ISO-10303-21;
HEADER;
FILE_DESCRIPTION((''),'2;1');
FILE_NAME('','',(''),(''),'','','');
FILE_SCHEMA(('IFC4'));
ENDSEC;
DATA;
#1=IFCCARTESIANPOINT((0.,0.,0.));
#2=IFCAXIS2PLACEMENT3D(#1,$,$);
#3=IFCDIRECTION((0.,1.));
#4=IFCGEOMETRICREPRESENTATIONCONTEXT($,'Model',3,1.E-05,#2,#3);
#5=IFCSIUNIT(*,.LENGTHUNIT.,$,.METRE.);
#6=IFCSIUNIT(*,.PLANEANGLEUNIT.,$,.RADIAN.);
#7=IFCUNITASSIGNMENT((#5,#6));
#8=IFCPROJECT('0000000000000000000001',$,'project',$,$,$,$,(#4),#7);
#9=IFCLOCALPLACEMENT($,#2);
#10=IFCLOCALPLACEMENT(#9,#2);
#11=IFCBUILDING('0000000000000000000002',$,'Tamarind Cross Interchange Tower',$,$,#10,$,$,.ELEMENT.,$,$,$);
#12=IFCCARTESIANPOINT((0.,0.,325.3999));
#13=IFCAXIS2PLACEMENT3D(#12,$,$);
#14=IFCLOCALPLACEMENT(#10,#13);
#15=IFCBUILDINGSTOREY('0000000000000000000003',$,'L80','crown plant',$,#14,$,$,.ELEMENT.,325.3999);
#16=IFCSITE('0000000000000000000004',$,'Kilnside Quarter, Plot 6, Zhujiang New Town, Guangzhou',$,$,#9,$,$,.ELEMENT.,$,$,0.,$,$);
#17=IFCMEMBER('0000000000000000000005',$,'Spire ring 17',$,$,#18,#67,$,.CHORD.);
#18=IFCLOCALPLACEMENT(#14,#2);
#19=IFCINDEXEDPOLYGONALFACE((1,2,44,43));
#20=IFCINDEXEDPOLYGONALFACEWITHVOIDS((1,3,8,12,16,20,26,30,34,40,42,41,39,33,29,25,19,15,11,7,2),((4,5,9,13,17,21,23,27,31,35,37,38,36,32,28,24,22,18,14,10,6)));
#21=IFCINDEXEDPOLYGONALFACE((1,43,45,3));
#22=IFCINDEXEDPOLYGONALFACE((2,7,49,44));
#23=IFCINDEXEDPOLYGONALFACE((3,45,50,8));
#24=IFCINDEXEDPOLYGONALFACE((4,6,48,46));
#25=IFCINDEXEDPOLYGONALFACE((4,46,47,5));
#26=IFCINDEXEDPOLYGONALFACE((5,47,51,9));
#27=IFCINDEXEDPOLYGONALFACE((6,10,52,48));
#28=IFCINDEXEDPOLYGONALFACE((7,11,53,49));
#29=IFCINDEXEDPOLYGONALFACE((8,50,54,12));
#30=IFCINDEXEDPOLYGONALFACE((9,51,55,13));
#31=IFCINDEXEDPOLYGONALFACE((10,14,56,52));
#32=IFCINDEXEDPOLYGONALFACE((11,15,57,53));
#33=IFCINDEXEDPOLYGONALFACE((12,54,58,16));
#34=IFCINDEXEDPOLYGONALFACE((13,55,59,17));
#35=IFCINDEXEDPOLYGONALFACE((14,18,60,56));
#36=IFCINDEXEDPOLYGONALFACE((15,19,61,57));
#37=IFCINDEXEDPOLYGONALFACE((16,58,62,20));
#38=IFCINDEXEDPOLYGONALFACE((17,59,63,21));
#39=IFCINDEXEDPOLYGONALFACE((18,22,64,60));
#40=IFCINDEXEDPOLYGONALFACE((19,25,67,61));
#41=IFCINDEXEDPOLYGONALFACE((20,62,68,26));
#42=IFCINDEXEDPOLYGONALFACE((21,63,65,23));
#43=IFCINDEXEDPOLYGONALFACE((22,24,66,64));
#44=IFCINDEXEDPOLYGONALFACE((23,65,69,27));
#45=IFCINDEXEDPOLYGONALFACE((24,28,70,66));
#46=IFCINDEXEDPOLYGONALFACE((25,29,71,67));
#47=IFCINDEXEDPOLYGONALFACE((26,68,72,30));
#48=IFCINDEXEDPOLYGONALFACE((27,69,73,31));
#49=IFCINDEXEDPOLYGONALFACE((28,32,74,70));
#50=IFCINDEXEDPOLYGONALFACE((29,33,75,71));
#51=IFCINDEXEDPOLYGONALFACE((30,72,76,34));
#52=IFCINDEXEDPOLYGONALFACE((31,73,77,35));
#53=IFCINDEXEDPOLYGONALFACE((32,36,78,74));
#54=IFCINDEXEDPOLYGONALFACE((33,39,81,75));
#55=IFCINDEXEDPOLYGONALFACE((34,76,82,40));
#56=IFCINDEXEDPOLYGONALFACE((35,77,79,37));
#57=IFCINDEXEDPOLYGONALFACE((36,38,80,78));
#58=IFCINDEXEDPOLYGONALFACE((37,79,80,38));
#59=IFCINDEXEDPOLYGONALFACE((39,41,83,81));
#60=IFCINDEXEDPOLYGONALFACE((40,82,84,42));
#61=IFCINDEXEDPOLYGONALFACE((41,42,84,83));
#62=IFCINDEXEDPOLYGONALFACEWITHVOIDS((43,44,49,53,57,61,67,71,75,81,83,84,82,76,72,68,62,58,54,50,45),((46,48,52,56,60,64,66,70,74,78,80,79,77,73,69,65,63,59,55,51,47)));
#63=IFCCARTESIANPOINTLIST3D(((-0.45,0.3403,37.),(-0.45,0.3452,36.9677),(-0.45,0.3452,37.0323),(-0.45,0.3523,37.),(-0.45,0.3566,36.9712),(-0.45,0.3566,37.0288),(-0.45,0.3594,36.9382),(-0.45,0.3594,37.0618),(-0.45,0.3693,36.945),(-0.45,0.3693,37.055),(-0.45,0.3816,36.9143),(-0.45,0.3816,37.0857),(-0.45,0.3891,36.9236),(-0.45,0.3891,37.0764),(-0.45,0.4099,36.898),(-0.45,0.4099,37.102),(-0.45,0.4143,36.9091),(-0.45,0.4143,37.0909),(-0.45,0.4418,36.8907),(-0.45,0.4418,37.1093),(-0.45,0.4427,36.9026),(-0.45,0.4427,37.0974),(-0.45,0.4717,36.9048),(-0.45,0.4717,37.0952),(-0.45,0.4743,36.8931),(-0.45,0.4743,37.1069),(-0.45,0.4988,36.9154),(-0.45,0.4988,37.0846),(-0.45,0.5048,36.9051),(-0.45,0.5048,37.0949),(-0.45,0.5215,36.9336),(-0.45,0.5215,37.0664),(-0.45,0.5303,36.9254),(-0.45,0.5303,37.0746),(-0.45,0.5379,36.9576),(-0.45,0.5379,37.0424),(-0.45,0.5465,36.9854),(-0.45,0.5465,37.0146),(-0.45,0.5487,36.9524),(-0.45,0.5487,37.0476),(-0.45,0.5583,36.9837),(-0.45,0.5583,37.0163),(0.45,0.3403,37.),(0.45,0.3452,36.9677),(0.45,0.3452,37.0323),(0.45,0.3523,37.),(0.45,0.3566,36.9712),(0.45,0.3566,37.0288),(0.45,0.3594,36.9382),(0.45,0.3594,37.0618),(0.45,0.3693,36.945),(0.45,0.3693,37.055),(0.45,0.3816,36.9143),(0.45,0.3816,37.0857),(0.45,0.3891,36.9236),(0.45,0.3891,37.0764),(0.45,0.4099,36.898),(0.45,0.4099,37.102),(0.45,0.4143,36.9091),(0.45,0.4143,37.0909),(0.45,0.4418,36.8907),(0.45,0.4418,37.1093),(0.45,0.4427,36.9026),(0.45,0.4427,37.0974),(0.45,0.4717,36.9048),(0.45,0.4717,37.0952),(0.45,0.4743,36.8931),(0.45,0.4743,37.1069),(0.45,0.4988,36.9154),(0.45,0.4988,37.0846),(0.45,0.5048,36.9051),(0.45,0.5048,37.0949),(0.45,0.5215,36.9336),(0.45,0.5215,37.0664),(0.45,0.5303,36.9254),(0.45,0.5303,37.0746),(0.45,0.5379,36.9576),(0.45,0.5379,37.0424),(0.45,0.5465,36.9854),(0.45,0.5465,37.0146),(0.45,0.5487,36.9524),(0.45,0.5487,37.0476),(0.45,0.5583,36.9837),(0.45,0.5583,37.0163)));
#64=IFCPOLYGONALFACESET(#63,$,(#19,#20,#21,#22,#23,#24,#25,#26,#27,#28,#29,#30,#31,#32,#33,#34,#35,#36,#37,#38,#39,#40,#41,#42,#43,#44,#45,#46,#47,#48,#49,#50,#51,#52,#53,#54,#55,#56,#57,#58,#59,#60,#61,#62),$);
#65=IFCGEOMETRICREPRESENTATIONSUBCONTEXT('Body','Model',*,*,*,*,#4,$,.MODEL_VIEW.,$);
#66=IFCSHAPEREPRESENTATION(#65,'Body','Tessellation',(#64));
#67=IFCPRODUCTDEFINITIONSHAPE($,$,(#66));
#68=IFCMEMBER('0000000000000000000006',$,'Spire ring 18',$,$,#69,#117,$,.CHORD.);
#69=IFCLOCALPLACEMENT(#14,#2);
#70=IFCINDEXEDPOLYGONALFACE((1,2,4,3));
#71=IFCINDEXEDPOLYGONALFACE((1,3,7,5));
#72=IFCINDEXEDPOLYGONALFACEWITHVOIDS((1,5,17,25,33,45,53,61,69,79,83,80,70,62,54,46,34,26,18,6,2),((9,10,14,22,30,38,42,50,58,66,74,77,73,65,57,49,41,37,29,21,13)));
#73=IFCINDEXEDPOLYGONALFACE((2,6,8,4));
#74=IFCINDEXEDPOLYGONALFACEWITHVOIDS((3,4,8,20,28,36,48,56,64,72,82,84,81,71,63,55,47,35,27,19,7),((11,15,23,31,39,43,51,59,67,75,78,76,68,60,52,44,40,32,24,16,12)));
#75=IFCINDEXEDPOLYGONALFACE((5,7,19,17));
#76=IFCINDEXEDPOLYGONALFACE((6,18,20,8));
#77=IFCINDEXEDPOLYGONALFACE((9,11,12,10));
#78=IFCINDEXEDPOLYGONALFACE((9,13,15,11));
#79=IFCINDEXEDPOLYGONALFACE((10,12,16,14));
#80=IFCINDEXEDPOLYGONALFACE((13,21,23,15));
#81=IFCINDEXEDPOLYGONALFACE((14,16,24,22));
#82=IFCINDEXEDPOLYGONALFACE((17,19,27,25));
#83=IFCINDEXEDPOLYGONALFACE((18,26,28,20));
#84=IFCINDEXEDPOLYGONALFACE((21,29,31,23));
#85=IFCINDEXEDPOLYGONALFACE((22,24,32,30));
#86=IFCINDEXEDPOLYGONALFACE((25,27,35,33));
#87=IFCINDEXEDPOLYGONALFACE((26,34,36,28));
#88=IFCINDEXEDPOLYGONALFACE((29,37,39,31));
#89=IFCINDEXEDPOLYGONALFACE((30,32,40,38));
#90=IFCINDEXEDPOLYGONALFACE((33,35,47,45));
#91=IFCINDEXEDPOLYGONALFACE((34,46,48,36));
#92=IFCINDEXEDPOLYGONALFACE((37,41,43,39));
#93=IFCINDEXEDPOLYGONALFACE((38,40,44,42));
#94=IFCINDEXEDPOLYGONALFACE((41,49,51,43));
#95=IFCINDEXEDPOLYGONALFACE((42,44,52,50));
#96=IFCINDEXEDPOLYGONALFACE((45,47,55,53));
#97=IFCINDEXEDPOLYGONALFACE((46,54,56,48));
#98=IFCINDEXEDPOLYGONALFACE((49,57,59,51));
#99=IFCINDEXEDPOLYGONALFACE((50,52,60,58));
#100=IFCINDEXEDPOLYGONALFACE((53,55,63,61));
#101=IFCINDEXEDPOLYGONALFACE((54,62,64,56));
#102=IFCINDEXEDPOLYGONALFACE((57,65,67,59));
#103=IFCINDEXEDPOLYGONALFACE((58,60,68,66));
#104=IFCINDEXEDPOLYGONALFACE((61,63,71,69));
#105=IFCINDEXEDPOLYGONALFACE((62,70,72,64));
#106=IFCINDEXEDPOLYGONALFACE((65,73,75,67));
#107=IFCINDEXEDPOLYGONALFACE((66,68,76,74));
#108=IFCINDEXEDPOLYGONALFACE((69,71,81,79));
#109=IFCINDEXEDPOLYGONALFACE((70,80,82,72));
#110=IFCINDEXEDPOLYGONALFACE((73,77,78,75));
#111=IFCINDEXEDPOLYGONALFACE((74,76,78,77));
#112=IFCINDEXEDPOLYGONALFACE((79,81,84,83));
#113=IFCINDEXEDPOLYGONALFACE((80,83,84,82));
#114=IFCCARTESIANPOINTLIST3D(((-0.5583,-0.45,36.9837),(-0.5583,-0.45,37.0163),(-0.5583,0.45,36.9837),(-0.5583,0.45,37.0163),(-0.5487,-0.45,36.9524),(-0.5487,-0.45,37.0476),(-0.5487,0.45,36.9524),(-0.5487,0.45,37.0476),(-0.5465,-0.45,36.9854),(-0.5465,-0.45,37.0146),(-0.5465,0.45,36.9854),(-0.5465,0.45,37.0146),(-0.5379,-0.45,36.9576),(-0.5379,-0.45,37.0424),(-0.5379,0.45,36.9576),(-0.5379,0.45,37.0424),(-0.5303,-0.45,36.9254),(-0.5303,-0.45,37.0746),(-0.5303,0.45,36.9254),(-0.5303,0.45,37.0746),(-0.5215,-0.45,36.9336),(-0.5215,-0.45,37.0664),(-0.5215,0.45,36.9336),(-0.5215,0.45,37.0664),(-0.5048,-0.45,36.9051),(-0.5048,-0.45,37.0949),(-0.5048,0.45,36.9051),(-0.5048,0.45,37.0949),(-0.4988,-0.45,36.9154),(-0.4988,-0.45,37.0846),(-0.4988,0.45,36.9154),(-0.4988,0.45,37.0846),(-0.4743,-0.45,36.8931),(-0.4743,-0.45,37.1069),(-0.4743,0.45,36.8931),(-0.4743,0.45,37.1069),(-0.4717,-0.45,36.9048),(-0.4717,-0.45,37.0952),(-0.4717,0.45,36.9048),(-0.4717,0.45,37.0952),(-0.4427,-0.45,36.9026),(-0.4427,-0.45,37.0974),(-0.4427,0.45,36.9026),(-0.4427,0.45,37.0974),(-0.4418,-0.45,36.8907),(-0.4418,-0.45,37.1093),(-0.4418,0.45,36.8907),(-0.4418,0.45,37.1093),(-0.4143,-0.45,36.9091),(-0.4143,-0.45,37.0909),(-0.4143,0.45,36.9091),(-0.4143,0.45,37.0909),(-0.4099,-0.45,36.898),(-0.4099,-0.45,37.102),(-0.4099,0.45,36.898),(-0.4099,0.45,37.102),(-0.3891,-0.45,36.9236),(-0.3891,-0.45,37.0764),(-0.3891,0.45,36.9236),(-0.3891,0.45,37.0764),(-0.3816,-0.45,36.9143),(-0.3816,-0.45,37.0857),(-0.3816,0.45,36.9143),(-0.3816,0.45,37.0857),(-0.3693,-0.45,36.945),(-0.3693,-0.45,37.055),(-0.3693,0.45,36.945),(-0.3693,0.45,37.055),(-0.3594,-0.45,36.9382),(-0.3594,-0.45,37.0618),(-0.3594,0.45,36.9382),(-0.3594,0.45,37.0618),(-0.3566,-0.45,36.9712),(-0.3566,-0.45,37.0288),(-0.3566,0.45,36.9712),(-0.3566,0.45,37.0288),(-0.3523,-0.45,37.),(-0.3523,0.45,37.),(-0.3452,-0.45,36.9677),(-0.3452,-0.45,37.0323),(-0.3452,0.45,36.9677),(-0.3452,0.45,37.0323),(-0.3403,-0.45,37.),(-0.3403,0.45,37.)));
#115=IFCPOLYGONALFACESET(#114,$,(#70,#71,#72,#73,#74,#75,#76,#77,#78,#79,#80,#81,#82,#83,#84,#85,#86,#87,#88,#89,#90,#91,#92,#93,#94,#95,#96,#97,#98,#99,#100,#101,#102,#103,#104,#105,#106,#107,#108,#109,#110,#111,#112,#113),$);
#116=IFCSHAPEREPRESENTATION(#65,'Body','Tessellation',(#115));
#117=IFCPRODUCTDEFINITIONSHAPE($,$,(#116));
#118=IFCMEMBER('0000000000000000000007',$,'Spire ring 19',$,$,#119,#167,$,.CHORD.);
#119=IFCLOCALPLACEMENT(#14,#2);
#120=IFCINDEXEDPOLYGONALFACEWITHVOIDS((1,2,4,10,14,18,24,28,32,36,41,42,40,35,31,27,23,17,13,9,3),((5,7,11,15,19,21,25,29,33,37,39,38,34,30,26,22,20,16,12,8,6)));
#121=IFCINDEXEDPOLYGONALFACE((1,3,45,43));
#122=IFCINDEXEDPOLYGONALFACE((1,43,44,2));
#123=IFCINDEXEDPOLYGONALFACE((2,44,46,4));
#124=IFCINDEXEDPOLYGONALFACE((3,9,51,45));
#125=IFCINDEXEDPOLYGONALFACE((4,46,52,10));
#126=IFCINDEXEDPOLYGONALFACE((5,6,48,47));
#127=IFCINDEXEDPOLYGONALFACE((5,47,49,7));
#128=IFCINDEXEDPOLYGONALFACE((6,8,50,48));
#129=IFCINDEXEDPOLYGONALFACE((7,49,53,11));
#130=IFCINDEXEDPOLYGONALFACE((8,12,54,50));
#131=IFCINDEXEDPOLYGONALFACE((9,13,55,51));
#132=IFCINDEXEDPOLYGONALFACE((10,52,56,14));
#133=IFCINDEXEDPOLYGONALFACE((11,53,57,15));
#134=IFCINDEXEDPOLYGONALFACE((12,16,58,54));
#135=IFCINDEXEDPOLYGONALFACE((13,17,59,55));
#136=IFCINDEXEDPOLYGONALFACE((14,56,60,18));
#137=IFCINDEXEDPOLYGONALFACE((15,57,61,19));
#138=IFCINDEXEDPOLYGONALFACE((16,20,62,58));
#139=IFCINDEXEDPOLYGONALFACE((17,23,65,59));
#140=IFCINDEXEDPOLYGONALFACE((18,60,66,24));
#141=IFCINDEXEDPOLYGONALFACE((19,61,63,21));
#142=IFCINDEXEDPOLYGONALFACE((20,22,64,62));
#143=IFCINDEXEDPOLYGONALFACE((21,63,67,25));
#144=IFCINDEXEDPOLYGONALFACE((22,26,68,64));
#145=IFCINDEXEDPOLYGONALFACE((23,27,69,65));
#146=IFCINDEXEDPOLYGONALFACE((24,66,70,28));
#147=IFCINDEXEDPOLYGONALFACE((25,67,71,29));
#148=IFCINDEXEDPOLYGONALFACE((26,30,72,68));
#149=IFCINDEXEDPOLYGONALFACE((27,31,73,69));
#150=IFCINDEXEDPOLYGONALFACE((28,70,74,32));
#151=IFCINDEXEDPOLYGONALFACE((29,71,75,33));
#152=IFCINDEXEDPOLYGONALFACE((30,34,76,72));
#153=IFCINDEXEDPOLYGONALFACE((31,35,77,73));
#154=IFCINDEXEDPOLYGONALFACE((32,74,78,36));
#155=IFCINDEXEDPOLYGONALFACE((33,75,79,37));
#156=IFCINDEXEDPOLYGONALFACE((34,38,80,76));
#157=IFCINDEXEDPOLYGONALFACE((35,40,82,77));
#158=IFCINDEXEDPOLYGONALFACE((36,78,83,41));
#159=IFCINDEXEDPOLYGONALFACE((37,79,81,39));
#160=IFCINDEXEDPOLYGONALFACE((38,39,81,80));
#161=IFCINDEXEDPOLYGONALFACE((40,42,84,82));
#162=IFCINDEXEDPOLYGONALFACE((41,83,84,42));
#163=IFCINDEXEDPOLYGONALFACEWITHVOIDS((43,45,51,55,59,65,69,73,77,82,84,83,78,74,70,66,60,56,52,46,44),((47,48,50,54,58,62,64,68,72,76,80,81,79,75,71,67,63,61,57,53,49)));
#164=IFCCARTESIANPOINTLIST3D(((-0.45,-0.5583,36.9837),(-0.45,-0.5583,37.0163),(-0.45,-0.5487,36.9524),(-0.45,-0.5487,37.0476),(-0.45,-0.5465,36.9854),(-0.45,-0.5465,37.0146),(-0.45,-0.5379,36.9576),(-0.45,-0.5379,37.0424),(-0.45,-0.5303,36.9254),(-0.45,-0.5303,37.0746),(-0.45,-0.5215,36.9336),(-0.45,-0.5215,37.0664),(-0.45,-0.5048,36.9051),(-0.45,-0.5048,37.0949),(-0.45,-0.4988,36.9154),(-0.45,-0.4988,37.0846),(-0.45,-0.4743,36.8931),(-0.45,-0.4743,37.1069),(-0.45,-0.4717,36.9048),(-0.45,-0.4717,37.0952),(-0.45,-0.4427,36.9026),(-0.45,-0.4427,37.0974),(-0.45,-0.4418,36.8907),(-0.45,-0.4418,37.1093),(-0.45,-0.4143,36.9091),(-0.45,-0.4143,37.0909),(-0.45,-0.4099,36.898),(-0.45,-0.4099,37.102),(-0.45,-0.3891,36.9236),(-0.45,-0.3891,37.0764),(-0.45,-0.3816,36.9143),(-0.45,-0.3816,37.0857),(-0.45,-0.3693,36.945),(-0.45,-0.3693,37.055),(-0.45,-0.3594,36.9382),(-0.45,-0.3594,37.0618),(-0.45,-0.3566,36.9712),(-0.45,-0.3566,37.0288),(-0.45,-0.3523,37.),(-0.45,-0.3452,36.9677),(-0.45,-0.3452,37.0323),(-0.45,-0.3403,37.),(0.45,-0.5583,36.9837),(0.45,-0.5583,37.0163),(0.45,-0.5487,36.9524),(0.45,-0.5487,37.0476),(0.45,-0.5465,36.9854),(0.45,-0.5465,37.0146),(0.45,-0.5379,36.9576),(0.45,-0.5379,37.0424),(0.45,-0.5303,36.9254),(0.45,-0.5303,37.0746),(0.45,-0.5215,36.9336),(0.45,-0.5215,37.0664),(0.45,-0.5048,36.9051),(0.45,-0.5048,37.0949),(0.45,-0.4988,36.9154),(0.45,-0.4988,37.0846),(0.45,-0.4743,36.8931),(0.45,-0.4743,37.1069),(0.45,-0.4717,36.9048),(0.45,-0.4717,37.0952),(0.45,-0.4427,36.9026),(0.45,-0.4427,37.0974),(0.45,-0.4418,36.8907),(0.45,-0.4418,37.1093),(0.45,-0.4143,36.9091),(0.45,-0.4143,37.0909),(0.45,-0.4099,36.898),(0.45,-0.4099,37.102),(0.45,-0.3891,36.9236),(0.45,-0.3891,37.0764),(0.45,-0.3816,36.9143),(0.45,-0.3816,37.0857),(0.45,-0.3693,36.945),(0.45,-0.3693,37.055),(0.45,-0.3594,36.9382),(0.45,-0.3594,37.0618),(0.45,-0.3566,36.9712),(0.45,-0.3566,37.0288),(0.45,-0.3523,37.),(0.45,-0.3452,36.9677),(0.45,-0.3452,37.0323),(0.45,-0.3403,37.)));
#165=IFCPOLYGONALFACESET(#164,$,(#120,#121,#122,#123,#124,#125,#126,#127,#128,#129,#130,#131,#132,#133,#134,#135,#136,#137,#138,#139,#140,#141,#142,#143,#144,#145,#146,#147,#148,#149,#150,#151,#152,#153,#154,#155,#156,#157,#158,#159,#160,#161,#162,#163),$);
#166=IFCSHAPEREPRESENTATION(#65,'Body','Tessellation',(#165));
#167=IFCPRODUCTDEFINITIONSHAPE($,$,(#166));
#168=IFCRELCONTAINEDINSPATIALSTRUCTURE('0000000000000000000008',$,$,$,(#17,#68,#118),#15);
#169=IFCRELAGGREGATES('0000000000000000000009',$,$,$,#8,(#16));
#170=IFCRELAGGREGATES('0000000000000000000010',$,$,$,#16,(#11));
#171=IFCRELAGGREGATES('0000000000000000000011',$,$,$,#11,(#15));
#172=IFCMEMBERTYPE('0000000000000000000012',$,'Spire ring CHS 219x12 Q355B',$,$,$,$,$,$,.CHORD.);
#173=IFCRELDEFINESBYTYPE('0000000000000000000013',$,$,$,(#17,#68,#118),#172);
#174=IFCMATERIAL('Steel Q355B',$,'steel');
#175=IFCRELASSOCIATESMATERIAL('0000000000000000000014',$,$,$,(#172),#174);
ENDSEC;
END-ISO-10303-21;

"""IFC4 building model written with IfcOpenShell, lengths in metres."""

from ifc_helpers import new_model, si_unit, direction, frame, origin, origin_2d, place, context, subcontext, project, spatial, hollow_circle, extrude, material, material_profile, profile_set, type_object, element, save


model = new_model("IFC4")

# Units and contexts
model_context = context("Model", 3, precision=1e-05, world=origin(), true_north=direction((0.0, 1.0)))
body_context = subcontext(model_context, "Body", "Model", "MODEL_VIEW")
ifc_project = project(units=[si_unit("LENGTHUNIT", "METRE"), si_unit("PLANEANGLEUNIT", "RADIAN")], contexts=[model_context])

# Site, building, storey
site_placement = place(None, origin())
site = spatial("IfcSite", under=ifc_project, at=site_placement, Name="Kilnside Quarter, Plot 6, Zhujiang New Town, Guangzhou", CompositionType="ELEMENT", RefElevation=0.0)
building_placement = place(site_placement, origin())
building = spatial("IfcBuilding", under=site, at=building_placement, Name="Tamarind Cross Interchange Tower", CompositionType="ELEMENT")
storey_placement = place(building_placement, frame((0.0, 0.0, 325.3999)))
storey = spatial("IfcBuildingStorey", under=building, at=storey_placement, Name="L80", Description="crown plant", CompositionType="ELEMENT", Elevation=325.3999)

# Members
ifc_material_1 = material(Name="Steel Q355B", Category="steel")
ifc_material_profile_1 = material_profile(ifc_material_1, hollow_circle(Radius=0.1096, WallThickness=0.012, at=origin_2d()), Name="CHS 219x12")
ifc_profile_set_1 = profile_set([ifc_material_profile_1], Name="Steel Q355B")
member_type_1 = type_object("IfcMemberType", Name="Spire ring CHS 219x12 Q355B", PredefinedType="CHORD", material=ifc_profile_set_1)
for number, where, z_axis, x_axis, name in (
    (1, (0.45, 0.45, 37.0), (-1.0, 0.0, 0.0), (0.0, -1.0, 0.0), "Spire ring 17"),
    (2, (-0.45, 0.45, 37.0), (0.0, -1.0, 0.0), (1.0, 0.0, 0.0), "Spire ring 18"),
    (3, (-0.45, -0.45, 37.0), (1.0, 0.0, 0.0), (0.0, 1.0, 0.0), "Spire ring 19"),
):
    element("IfcMember", number, at=place(storey_placement, frame(where, z_axis=z_axis, x_axis=x_axis)), inside=storey, type_object=member_type_1, Name=name, PredefinedType="CHORD", context=body_context, shape_type="SweptSolid", body=[
        extrude(hollow_circle(Radius=0.1096, WallThickness=0.012, at=origin_2d()), origin(), (0.0, 0.0, 1.0), 0.8999),
    ])

save(model, "model.ifc")
